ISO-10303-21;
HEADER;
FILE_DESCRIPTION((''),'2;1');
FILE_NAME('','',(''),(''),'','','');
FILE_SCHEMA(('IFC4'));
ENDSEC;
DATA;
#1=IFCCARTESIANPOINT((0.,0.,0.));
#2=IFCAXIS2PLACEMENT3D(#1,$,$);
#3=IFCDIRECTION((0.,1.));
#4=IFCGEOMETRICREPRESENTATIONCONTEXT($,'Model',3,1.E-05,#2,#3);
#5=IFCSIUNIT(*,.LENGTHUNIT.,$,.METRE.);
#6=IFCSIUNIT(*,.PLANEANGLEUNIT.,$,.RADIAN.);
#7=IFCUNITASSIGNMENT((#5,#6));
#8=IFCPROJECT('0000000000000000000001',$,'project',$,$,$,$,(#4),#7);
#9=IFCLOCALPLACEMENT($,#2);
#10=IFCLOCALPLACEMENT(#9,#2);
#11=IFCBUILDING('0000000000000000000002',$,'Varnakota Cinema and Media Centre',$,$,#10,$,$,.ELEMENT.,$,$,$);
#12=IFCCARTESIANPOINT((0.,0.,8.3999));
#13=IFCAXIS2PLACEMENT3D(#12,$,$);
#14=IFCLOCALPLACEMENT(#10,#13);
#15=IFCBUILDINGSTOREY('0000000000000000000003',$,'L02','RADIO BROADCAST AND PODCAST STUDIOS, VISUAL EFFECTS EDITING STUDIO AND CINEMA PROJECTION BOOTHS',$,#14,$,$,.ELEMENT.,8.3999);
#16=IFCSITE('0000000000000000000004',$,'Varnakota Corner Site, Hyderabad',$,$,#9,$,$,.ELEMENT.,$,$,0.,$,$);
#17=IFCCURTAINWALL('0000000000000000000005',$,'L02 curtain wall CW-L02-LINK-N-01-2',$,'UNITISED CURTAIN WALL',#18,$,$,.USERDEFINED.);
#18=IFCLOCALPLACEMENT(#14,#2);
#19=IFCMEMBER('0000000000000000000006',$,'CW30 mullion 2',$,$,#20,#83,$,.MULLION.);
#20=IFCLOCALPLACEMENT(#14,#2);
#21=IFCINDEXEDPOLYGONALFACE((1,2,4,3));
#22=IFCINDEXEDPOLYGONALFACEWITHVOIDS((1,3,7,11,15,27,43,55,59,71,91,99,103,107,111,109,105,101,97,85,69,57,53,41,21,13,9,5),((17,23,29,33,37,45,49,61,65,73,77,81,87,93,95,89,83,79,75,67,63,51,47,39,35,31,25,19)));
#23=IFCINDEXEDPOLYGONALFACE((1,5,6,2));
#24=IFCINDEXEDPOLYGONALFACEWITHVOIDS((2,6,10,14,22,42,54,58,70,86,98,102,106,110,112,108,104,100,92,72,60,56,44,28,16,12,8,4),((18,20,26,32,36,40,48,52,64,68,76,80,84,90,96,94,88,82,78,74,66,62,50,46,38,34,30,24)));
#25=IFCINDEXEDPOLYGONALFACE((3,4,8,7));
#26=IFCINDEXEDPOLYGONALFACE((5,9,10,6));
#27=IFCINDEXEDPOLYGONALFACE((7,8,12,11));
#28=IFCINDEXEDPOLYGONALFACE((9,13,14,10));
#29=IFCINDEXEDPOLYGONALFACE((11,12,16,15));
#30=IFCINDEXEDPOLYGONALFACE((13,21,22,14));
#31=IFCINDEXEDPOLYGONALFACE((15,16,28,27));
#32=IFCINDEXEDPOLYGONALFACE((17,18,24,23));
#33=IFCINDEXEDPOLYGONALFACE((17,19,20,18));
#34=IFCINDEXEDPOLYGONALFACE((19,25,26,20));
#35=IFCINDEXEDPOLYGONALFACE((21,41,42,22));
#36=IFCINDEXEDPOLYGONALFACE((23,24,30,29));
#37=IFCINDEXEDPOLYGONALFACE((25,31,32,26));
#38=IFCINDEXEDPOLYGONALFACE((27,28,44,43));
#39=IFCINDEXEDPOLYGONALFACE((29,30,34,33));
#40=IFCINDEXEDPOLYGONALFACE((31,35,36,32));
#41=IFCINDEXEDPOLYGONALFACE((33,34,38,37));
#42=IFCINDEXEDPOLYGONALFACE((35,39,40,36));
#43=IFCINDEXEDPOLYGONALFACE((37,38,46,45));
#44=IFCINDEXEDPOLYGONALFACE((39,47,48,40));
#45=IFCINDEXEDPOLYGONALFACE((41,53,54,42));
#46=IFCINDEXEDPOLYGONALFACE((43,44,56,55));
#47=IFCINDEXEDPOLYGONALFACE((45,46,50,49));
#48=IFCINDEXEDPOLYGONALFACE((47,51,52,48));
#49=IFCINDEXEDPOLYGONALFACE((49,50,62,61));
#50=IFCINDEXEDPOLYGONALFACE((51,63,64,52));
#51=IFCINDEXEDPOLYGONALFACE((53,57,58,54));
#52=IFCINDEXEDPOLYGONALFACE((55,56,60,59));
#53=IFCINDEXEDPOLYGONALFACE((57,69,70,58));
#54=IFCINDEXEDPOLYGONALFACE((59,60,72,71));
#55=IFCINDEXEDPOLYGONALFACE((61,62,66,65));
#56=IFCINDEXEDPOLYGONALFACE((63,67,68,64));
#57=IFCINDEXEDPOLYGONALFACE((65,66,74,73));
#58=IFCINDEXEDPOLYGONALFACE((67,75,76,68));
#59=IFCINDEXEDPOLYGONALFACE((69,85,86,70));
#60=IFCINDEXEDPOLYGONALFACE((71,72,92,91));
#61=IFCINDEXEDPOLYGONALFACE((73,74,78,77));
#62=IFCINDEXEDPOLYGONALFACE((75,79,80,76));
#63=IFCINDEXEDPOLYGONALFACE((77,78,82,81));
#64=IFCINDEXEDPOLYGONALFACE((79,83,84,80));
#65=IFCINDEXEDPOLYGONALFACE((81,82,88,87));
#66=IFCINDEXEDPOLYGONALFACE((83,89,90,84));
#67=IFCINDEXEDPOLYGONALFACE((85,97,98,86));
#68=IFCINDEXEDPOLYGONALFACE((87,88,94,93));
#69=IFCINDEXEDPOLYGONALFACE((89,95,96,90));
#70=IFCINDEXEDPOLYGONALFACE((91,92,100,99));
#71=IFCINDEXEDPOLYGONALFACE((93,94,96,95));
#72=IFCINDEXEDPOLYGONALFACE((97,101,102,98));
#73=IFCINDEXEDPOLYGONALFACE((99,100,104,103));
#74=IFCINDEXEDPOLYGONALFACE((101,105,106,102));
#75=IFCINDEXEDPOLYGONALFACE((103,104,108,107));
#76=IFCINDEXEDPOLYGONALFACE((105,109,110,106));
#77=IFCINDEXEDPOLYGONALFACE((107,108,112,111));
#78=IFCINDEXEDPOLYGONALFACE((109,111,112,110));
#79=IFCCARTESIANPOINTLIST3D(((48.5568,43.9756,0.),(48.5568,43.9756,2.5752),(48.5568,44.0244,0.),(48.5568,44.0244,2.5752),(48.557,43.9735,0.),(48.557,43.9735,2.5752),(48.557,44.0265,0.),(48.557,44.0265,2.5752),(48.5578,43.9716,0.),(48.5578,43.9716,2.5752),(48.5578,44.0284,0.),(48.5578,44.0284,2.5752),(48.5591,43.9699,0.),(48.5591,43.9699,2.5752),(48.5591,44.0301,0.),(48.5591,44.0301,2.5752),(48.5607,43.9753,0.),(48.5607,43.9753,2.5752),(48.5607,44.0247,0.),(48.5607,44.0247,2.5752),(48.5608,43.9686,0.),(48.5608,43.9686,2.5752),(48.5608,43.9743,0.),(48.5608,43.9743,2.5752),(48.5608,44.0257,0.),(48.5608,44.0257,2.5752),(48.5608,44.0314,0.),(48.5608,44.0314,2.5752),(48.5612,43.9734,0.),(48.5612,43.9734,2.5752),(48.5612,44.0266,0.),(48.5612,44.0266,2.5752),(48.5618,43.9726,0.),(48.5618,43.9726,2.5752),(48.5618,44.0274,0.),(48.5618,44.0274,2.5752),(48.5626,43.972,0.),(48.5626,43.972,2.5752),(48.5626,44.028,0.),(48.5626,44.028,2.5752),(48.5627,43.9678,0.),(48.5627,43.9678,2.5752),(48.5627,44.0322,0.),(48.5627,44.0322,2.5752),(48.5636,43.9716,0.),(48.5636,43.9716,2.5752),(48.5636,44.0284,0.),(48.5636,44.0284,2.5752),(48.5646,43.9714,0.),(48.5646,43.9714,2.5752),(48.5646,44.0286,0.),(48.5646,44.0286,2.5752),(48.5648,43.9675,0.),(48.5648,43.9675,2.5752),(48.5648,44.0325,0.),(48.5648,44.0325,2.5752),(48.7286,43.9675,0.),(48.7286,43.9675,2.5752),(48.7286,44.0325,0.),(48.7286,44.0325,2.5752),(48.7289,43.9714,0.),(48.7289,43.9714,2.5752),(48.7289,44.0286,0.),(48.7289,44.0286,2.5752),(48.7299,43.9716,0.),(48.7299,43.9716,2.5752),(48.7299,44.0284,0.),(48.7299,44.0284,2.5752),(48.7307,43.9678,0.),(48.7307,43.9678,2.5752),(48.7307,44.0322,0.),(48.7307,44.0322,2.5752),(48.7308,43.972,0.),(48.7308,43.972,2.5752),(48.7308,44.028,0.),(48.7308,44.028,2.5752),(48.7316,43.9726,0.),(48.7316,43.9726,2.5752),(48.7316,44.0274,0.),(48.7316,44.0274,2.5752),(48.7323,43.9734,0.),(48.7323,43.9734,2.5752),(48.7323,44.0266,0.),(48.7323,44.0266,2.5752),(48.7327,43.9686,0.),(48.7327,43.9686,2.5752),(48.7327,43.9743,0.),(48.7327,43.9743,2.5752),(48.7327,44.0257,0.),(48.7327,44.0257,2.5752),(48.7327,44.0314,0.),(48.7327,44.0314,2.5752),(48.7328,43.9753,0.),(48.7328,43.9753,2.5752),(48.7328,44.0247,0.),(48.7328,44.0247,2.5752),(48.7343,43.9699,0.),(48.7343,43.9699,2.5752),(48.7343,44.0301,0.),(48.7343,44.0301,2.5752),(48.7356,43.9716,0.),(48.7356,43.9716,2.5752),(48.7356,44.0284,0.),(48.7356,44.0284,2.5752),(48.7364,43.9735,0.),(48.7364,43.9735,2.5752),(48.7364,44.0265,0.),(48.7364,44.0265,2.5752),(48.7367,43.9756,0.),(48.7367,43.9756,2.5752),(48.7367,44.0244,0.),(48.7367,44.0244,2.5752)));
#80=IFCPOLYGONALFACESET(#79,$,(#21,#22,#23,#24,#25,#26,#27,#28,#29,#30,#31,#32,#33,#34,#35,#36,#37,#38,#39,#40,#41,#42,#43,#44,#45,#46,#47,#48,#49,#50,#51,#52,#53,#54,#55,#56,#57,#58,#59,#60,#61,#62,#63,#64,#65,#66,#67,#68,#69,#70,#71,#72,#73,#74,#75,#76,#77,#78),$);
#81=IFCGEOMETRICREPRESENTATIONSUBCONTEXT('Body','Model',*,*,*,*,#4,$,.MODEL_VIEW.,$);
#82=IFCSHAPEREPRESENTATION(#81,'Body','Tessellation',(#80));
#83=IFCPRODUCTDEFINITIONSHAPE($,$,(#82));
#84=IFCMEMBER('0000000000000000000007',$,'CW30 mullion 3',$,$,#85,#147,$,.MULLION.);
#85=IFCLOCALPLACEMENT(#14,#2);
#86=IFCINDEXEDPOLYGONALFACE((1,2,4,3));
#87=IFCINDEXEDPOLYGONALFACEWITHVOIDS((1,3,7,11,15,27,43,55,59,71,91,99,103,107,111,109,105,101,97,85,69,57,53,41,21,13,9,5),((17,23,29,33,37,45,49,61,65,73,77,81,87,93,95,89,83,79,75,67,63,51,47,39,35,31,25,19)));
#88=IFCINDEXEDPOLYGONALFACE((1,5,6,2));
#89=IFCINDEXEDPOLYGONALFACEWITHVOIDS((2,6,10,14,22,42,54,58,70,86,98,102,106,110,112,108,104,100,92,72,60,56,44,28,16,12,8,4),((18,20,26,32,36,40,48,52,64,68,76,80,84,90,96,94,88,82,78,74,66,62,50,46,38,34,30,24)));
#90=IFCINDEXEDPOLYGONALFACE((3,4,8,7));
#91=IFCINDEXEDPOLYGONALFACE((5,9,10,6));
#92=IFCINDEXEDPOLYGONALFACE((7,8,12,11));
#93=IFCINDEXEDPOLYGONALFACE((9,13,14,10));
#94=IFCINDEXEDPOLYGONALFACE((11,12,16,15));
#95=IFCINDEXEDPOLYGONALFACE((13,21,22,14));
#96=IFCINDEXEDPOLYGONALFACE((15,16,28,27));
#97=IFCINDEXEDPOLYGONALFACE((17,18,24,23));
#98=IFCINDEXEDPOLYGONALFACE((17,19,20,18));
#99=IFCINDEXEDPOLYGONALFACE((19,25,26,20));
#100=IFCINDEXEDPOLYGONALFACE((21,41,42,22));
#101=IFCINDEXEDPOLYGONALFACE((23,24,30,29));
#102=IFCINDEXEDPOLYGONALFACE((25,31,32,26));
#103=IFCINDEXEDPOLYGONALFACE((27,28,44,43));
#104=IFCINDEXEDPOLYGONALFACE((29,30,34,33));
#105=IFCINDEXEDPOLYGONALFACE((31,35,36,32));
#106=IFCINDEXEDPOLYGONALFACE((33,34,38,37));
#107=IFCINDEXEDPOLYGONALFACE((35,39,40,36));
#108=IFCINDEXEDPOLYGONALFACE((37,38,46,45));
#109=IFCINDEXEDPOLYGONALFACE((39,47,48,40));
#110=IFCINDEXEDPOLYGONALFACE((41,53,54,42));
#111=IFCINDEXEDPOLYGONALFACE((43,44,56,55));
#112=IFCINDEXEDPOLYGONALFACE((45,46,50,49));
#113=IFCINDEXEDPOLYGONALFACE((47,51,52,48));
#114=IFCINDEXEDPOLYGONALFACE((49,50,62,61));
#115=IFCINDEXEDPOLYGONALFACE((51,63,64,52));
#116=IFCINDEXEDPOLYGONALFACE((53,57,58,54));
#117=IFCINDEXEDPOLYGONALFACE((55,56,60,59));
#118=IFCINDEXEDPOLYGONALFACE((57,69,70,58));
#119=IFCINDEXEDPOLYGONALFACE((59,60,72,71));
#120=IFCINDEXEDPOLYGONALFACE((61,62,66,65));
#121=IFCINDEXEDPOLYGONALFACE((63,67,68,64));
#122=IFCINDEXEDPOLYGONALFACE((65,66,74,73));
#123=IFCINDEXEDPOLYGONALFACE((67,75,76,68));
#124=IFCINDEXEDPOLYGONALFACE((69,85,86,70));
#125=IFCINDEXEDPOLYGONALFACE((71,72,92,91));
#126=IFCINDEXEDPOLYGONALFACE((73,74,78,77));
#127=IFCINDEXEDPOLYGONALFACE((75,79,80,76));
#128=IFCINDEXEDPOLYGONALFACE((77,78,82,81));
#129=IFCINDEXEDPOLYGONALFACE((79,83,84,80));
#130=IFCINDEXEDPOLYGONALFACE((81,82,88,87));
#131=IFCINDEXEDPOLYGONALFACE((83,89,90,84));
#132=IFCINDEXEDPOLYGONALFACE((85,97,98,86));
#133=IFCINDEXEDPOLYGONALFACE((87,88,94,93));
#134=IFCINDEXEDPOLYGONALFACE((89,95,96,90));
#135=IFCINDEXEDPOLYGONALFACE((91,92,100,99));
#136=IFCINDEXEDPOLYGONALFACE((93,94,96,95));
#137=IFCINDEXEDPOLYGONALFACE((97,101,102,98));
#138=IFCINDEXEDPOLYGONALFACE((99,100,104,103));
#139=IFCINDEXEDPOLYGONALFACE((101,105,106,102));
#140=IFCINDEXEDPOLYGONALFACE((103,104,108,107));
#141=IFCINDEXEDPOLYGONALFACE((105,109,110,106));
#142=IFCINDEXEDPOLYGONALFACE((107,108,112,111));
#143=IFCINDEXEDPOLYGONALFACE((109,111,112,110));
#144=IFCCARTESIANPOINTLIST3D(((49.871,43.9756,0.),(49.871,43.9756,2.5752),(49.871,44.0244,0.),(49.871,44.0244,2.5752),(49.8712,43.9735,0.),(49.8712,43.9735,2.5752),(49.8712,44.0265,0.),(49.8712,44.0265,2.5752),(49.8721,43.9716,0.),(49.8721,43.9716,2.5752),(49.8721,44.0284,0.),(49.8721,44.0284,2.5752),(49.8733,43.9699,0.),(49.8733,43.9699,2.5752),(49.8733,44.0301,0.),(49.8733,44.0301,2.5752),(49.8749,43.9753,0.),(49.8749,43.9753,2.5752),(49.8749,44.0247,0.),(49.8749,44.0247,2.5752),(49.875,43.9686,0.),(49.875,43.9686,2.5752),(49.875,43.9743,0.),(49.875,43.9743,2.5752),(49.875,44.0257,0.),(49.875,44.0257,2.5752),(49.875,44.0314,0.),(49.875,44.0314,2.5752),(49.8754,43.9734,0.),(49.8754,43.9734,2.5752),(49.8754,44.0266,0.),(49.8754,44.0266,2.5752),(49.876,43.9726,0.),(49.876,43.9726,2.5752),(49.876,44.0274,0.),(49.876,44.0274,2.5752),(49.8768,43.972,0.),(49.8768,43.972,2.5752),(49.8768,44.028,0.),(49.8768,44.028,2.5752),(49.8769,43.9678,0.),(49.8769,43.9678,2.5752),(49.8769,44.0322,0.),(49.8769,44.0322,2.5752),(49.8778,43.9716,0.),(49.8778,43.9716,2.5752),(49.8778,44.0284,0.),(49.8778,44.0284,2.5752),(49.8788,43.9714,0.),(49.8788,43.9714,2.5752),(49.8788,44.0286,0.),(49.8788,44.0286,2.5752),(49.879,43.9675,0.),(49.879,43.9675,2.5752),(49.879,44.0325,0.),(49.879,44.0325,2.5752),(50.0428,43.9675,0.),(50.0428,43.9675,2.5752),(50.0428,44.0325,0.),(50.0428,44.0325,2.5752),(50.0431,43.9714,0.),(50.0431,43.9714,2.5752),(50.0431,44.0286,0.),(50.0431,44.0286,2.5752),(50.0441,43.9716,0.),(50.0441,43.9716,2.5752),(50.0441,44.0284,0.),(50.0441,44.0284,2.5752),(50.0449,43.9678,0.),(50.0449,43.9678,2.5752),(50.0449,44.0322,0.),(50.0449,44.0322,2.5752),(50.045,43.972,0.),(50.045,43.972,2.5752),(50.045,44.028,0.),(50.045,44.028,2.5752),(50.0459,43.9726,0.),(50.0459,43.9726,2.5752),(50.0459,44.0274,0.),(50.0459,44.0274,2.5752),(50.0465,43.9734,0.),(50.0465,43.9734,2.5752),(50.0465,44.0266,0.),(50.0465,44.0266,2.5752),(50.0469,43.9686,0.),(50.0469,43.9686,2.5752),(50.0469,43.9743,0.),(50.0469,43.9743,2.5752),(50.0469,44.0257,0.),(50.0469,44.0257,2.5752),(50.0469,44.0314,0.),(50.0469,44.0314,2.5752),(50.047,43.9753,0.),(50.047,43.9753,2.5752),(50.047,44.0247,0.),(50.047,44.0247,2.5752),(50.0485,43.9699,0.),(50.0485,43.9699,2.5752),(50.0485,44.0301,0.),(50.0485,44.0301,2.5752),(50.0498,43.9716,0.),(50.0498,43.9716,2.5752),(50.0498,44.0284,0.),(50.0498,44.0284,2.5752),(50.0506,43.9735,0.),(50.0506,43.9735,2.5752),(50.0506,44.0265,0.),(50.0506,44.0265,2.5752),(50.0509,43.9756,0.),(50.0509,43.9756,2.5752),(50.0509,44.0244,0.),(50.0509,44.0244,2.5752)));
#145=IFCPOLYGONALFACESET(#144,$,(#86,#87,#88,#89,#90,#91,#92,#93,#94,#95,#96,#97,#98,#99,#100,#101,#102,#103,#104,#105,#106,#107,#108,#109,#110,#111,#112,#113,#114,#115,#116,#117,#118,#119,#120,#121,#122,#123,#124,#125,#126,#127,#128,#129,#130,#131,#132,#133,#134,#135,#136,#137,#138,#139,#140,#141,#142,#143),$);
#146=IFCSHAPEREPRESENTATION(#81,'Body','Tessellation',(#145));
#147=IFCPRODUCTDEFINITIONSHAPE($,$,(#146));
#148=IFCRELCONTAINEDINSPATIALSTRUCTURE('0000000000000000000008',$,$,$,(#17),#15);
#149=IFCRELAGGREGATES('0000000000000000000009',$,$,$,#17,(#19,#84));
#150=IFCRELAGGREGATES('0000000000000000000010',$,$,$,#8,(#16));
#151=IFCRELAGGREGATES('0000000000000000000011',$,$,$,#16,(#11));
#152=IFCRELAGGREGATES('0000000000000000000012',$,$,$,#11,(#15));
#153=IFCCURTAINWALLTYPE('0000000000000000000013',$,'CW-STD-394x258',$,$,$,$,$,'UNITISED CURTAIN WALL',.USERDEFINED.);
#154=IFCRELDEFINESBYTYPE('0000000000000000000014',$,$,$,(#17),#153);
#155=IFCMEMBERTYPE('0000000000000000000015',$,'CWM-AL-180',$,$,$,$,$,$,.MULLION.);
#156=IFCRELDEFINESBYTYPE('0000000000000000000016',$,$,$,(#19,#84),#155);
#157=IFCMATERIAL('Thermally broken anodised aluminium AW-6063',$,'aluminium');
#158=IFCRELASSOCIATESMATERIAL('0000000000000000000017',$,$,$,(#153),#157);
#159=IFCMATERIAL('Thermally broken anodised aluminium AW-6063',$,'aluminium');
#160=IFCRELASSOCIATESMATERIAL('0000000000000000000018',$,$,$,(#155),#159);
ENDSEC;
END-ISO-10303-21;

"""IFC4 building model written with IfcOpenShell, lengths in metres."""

from ifc_helpers import new_model, si_unit, direction, frame, origin, origin_2d, place, context, subcontext, project, spatial, hollow_rectangle, extrude, material, material_profile, profile_set, type_object, element, aggregate, save


model = new_model("IFC4")

# Units and contexts
model_context = context("Model", 3, precision=1e-05, world=origin(), true_north=direction((0.0, 1.0)))
body_context = subcontext(model_context, "Body", "Model", "MODEL_VIEW")
ifc_project = project(units=[si_unit("LENGTHUNIT", "METRE"), si_unit("PLANEANGLEUNIT", "RADIAN")], contexts=[model_context])

# Site, building, storey
site_placement = place(None, origin())
site = spatial("IfcSite", under=ifc_project, at=site_placement, Name="Varnakota Corner Site, Hyderabad", CompositionType="ELEMENT", RefElevation=0.0)
building_placement = place(site_placement, origin())
building = spatial("IfcBuilding", under=site, at=building_placement, Name="Varnakota Cinema and Media Centre", CompositionType="ELEMENT")
storey_placement = place(building_placement, frame((0.0, 0.0, 8.3999)))
storey = spatial("IfcBuildingStorey", under=building, at=storey_placement, Name="L02", Description="RADIO BROADCAST AND PODCAST STUDIOS, VISUAL EFFECTS EDITING STUDIO AND CINEMA PROJECTION BOOTHS", CompositionType="ELEMENT", Elevation=8.3999)

# Shared definitions
ifc_material_1 = material(Name="Thermally broken anodised aluminium AW-6063", Category="aluminium")
curtain_wall_type = type_object("IfcCurtainWallType", Name="CW-STD-394x258", ElementType="UNITISED CURTAIN WALL", PredefinedType="USERDEFINED", material=ifc_material_1)
ifc_material_2 = material(Name="Thermally broken anodised aluminium AW-6063", Category="aluminium")
ifc_material_profile_1 = material_profile(ifc_material_2, hollow_rectangle(XDim=0.0649, YDim=0.1799, WallThickness=0.0039, InnerFilletRadius=0.0039, OuterFilletRadius=0.0081, at=origin_2d()), Name="AL-MULLION 180x65x4")
ifc_profile_set_1 = profile_set([ifc_material_profile_1], Name="Thermally broken anodised aluminium AW-6063")
member_type_1 = type_object("IfcMemberType", Name="CWM-AL-180", PredefinedType="MULLION", material=ifc_profile_set_1)

# Curtain wall, members
curtain_wall_1_placement = place(storey_placement, origin())
curtain_wall_1 = element("IfcCurtainWall", 1, at=curtain_wall_1_placement, inside=storey, type_object=curtain_wall_type, Name="L02 curtain wall CW-L02-LINK-N-01-2", ObjectType="UNITISED CURTAIN WALL", PredefinedType="USERDEFINED")
member_1_placement = place(storey_placement, frame((48.6467, 44.0, 0.0), z_axis=(0.0, 0.0, 1.0), x_axis=(0.0, 1.0, 0.0)))
member_1 = element("IfcMember", 2, at=member_1_placement, type_object=member_type_1, Name="CW30 mullion 2", PredefinedType="MULLION", context=body_context, shape_type="SweptSolid", body=[
    extrude(hollow_rectangle(XDim=0.0649, YDim=0.1799, WallThickness=0.0039, InnerFilletRadius=0.0039, OuterFilletRadius=0.0081, at=origin_2d()), origin(), (0.0, 0.0, 1.0), 2.5752),
])
member_2_placement = place(storey_placement, frame((49.9609, 44.0, 0.0), z_axis=(0.0, 0.0, 1.0), x_axis=(0.0, 1.0, 0.0)))
member_2 = element("IfcMember", 3, at=member_2_placement, type_object=member_type_1, Name="CW30 mullion 3", PredefinedType="MULLION", context=body_context, shape_type="SweptSolid", body=[
    extrude(hollow_rectangle(XDim=0.0649, YDim=0.1799, WallThickness=0.0039, InnerFilletRadius=0.0039, OuterFilletRadius=0.0081, at=origin_2d()), origin(), (0.0, 0.0, 1.0), 2.5752),
])

aggregate(curtain_wall_1, [member_1, member_2])

save(model, "model.ifc")
